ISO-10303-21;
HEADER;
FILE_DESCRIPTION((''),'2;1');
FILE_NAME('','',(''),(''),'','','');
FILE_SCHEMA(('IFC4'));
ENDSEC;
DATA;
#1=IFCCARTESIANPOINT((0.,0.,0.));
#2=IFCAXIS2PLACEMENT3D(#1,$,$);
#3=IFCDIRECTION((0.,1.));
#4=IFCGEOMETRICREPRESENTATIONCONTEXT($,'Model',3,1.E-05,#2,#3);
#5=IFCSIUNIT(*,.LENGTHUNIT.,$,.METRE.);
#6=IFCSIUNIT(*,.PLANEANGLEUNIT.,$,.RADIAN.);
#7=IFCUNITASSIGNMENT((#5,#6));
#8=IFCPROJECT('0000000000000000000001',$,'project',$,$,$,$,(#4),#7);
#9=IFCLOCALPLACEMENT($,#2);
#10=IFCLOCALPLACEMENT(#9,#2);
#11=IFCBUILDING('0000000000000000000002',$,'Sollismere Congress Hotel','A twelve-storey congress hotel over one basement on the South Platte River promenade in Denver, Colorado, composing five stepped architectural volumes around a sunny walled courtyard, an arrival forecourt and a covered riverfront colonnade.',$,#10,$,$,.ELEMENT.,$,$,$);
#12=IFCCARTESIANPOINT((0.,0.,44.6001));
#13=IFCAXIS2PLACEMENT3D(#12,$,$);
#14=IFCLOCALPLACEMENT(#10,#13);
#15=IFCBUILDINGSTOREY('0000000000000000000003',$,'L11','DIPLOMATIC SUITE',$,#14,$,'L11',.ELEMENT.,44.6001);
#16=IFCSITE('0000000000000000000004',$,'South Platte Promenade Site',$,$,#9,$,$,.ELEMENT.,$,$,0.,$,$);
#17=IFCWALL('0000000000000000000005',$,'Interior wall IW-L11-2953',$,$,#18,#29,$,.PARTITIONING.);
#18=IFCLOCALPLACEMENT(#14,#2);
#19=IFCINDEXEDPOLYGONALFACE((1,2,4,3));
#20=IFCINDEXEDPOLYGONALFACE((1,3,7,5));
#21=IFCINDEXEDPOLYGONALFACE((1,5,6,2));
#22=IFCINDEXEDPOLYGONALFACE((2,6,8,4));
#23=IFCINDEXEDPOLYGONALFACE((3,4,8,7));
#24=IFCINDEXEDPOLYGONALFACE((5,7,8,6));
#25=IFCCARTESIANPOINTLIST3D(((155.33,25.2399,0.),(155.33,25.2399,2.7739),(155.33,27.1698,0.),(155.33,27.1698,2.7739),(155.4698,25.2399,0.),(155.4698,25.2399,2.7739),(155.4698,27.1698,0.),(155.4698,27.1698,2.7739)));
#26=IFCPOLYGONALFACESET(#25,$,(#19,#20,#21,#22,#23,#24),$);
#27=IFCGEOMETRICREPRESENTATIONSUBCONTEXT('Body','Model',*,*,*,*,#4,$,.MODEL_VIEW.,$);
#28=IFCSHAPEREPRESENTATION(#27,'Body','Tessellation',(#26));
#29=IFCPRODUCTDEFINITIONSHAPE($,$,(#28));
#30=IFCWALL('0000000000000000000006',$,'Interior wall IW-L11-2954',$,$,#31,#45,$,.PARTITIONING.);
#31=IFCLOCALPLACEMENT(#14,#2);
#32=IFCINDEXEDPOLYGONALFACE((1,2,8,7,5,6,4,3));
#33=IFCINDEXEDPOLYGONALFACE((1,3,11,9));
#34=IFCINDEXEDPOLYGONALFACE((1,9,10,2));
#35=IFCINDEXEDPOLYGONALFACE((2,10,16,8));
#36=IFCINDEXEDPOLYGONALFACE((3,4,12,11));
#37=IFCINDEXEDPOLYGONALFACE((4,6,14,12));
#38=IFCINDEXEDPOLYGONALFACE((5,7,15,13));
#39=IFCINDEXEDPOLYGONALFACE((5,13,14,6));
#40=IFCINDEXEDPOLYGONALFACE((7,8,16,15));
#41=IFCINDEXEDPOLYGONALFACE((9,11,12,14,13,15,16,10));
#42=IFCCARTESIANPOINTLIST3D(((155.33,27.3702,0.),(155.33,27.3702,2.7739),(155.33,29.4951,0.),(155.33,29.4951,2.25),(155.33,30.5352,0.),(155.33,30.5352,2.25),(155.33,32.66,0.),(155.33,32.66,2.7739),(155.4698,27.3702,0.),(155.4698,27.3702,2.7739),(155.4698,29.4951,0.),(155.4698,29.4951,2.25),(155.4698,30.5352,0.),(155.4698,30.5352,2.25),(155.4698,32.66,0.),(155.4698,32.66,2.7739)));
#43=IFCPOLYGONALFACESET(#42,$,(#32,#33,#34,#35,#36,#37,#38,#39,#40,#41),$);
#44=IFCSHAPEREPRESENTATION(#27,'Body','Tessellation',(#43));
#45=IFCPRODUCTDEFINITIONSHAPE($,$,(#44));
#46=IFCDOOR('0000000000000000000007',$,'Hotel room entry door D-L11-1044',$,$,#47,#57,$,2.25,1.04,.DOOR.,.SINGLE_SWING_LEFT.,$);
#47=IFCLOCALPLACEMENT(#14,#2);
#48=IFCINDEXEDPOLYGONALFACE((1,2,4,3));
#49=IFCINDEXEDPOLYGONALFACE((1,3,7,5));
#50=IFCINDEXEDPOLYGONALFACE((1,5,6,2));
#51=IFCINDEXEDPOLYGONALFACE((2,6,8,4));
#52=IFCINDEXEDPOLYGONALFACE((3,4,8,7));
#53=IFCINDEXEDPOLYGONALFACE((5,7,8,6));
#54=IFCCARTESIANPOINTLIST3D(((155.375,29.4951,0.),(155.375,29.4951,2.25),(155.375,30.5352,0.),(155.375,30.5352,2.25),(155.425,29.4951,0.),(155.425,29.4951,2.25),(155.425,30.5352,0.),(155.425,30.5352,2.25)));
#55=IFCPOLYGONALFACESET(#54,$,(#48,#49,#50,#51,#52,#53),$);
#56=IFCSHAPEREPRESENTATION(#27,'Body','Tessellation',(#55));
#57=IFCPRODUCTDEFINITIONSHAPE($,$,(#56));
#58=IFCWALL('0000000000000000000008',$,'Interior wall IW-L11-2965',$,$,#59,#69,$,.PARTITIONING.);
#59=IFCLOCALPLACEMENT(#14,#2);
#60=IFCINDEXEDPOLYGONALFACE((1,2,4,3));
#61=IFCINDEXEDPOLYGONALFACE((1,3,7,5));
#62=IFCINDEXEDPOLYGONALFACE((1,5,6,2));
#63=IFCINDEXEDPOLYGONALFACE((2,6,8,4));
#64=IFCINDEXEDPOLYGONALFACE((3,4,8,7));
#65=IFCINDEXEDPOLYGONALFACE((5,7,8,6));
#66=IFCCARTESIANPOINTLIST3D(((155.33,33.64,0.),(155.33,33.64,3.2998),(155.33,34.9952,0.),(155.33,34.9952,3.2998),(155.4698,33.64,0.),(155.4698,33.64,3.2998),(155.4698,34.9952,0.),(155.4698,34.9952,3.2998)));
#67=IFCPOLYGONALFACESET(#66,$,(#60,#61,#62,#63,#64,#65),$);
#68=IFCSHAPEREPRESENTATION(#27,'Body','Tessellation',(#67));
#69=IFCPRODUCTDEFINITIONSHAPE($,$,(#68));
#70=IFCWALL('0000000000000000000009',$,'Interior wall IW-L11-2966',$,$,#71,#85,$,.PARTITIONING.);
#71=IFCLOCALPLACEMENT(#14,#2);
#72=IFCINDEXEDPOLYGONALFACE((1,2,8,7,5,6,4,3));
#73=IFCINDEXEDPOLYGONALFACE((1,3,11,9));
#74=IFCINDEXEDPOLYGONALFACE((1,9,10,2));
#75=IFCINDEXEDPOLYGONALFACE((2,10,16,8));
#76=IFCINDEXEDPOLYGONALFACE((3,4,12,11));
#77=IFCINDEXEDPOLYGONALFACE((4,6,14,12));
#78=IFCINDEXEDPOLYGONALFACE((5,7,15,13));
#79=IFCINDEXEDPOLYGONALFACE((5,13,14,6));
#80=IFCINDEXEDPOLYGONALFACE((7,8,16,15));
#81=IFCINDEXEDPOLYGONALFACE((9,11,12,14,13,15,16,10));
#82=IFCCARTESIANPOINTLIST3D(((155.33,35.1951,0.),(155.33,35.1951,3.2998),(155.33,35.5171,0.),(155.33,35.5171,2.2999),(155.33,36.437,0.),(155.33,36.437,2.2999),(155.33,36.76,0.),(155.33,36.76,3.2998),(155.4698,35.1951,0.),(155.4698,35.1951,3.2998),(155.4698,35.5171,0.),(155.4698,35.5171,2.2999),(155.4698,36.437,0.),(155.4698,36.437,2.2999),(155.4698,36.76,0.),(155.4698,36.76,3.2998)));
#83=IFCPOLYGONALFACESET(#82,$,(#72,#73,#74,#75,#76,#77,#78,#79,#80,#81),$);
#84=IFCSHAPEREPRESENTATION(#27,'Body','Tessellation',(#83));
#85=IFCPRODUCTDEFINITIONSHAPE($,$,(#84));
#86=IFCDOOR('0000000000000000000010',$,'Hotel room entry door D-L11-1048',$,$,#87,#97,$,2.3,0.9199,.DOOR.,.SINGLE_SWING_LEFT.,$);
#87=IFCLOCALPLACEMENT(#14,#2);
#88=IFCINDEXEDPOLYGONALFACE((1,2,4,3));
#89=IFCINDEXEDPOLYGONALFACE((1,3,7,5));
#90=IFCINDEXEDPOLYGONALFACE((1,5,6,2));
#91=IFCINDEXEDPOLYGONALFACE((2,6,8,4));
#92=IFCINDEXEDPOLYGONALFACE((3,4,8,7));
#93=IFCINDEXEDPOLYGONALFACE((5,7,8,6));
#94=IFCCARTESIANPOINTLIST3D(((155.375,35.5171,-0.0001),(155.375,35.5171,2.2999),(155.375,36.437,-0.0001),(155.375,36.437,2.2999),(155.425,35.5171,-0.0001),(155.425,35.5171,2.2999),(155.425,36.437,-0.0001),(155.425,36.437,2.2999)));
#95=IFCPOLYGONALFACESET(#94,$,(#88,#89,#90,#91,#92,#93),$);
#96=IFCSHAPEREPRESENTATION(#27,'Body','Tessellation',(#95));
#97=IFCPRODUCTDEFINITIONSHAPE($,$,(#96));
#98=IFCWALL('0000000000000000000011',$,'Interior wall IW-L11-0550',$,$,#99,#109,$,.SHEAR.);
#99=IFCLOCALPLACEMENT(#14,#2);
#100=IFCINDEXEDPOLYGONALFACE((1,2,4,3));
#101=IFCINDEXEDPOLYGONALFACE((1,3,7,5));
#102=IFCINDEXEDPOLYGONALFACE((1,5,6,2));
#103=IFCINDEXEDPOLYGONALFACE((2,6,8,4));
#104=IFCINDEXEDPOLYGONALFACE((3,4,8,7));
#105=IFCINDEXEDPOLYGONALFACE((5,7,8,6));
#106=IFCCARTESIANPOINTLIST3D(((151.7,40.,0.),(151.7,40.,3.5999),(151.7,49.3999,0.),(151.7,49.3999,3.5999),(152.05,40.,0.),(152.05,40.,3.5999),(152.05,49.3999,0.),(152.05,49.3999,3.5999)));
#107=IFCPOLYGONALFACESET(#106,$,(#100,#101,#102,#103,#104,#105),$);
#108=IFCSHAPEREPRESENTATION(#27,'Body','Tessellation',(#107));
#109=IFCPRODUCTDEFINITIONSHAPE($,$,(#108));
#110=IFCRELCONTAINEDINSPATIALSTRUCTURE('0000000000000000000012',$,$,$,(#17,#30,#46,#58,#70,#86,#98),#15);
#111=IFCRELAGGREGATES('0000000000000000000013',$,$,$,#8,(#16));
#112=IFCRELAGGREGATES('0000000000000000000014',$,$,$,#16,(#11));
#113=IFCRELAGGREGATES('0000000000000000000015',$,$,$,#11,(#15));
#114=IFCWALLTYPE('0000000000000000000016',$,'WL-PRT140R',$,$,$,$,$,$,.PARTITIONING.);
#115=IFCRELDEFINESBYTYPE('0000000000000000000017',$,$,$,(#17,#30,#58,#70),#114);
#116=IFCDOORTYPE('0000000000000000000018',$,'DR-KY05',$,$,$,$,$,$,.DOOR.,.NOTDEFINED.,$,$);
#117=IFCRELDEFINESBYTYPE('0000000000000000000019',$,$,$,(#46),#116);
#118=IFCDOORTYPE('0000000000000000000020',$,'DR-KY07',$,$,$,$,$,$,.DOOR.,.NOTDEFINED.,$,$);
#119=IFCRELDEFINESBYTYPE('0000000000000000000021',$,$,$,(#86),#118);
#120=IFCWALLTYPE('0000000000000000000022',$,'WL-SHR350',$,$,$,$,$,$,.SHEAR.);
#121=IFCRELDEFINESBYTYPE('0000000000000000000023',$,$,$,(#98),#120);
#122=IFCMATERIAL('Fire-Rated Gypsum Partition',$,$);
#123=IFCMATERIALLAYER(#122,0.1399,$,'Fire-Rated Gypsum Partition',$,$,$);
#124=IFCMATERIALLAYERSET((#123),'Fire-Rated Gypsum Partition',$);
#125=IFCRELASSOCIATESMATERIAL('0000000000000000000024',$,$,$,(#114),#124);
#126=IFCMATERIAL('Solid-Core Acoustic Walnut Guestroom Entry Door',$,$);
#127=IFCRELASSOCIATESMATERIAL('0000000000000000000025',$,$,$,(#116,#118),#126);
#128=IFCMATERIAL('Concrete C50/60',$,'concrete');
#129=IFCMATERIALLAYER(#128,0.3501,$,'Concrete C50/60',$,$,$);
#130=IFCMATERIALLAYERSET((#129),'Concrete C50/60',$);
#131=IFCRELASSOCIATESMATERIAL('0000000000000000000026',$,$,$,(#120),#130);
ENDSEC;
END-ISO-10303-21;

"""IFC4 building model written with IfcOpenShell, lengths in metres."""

from ifc_helpers import new_model, si_unit, direction, frame, frame_2d, origin, place, context, subcontext, project, spatial, rectangle, extrude, material, layer, layer_set, type_object, element, fill, save


model = new_model("IFC4")

# Units and contexts
model_context = context("Model", 3, precision=1e-05, world=origin(), true_north=direction((0.0, 1.0)))
body_context = subcontext(model_context, "Body", "Model", "MODEL_VIEW")
ifc_project = project(units=[si_unit("LENGTHUNIT", "METRE"), si_unit("PLANEANGLEUNIT", "RADIAN")], contexts=[model_context])

# Site, building, storey
site_placement = place(None, origin())
site = spatial("IfcSite", under=ifc_project, at=site_placement, Name="South Platte Promenade Site", CompositionType="ELEMENT", RefElevation=0.0)
building_placement = place(site_placement, origin())
building = spatial("IfcBuilding", under=site, at=building_placement, Name="Sollismere Congress Hotel", Description="A twelve-storey congress hotel over one basement on the South Platte River promenade in Denver, Colorado, composing five stepped architectural volumes around a sunny walled courtyard, an arrival forecourt and a covered riverfront colonnade.", CompositionType="ELEMENT")
storey_placement = place(building_placement, frame((0.0, 0.0, 44.6001)))
storey = spatial("IfcBuildingStorey", under=building, at=storey_placement, Name="L11", Description="DIPLOMATIC SUITE", LongName="L11", CompositionType="ELEMENT", Elevation=44.6001)

# Shared definitions
ifc_material_1 = material(Name="Fire-Rated Gypsum Partition")
ifc_layer_1 = layer(ifc_material_1, 0.1399, Name="Fire-Rated Gypsum Partition")
ifc_layer_set_1 = layer_set([ifc_layer_1], Name="Fire-Rated Gypsum Partition")
wall_type_1 = type_object("IfcWallType", Name="WL-PRT140R", PredefinedType="PARTITIONING", material=ifc_layer_set_1)

# Shared definitions
ifc_material_2 = material(Name="Solid-Core Acoustic Walnut Guestroom Entry Door")

# Wall
wall_1_placement = place(storey_placement, frame((155.3999, 25.24, 0.0), z_axis=(0.0, 0.0, 1.0), x_axis=(0.0, 1.0, 0.0)))
element("IfcWall", 1, at=wall_1_placement, inside=storey, type_object=wall_type_1, Name="Interior wall IW-L11-2953", PredefinedType="PARTITIONING", context=body_context, shape_type="SweptSolid", body=[
    extrude(rectangle(XDim=1.9299, YDim=0.1399, at=frame_2d((0.9648, 0.0))), origin(), (0.0, 0.0, 1.0), 2.7739),
])

# Wall, opening, door
wall_2_placement = place(storey_placement, frame((155.3999, 27.3701, 0.0), z_axis=(0.0, 0.0, 1.0), x_axis=(0.0, 1.0, 0.0)))
wall_2 = element("IfcWall", 2, at=wall_2_placement, inside=storey, type_object=wall_type_1, Name="Interior wall IW-L11-2954", PredefinedType="PARTITIONING", context=body_context, shape_type="SweptSolid", body=[
    extrude(rectangle(XDim=5.2898, YDim=0.1399, at=frame_2d((2.645, 0.0))), origin(), (0.0, 0.0, 1.0), 2.7739),
])
opening_1_placement = place(wall_2_placement, frame((2.125, 0.0, 0.0)))
opening_1 = element("IfcOpeningElement", 3, at=opening_1_placement, cuts=wall_2, PredefinedType="OPENING", context=body_context, shape_type="SweptSolid", body=[
    extrude(rectangle(XDim=1.04, YDim=2.25, at=frame_2d((0.52, 1.125))), frame((0.0, 0.0798, 0.0), z_axis=(0.0, -1.0, 0.0), x_axis=(1.0, 0.0, 0.0)), (0.0, 0.0, 1.0), 0.1599),
])
door_type_1 = type_object("IfcDoorType", Name="DR-KY05", OperationType="NOTDEFINED", PredefinedType="DOOR", material=ifc_material_2)
door_1_placement = place(opening_1_placement, origin())
door_1 = element("IfcDoor", 4, at=door_1_placement, inside=storey, type_object=door_type_1, Name="Hotel room entry door D-L11-1044", OperationType="SINGLE_SWING_LEFT", OverallHeight=2.25, OverallWidth=1.04, PredefinedType="DOOR", context=body_context, shape_type="SweptSolid", body=[
    extrude(rectangle(XDim=1.04, YDim=2.25, at=frame_2d((0.52, 1.125))), frame((0.0, 0.0249, 0.0), z_axis=(0.0, -1.0, 0.0), x_axis=(1.0, 0.0, 0.0)), (0.0, 0.0, 1.0), 0.05),
])
fill(opening_1, door_1)

# Wall
wall_3_placement = place(storey_placement, frame((155.3999, 33.6399, 0.0), z_axis=(0.0, 0.0, 1.0), x_axis=(0.0, 1.0, 0.0)))
element("IfcWall", 5, at=wall_3_placement, inside=storey, type_object=wall_type_1, Name="Interior wall IW-L11-2965", PredefinedType="PARTITIONING", context=body_context, shape_type="SweptSolid", body=[
    extrude(rectangle(XDim=1.3552, YDim=0.1399, at=frame_2d((0.6777, 0.0))), origin(), (0.0, 0.0, 1.0), 3.2998),
])

# Wall, opening, door
wall_4_placement = place(storey_placement, frame((155.3999, 35.1951, 0.0), z_axis=(0.0, 0.0, 1.0), x_axis=(0.0, 1.0, 0.0)))
wall_4 = element("IfcWall", 6, at=wall_4_placement, inside=storey, type_object=wall_type_1, Name="Interior wall IW-L11-2966", PredefinedType="PARTITIONING", context=body_context, shape_type="SweptSolid", body=[
    extrude(rectangle(XDim=1.5649, YDim=0.1399, at=frame_2d((0.7825, 0.0))), origin(), (0.0, 0.0, 1.0), 3.2998),
])
opening_2_placement = place(wall_4_placement, frame((0.322, 0.0, 0.0)))
opening_2 = element("IfcOpeningElement", 7, at=opening_2_placement, cuts=wall_4, PredefinedType="OPENING", context=body_context, shape_type="SweptSolid", body=[
    extrude(rectangle(XDim=0.9199, YDim=2.3, at=frame_2d((0.46, 1.1499))), frame((0.0, 0.0798, 0.0), z_axis=(0.0, -1.0, 0.0), x_axis=(1.0, 0.0, 0.0)), (0.0, 0.0, 1.0), 0.1599),
])
door_type_2 = type_object("IfcDoorType", Name="DR-KY07", OperationType="NOTDEFINED", PredefinedType="DOOR", material=ifc_material_2)
door_2_placement = place(opening_2_placement, origin())
door_2 = element("IfcDoor", 8, at=door_2_placement, inside=storey, type_object=door_type_2, Name="Hotel room entry door D-L11-1048", OperationType="SINGLE_SWING_LEFT", OverallHeight=2.3, OverallWidth=0.9199, PredefinedType="DOOR", context=body_context, shape_type="SweptSolid", body=[
    extrude(rectangle(XDim=0.9199, YDim=2.3, at=frame_2d((0.46, 1.1499))), frame((0.0, 0.0249, 0.0), z_axis=(0.0, -1.0, 0.0), x_axis=(1.0, 0.0, 0.0)), (0.0, 0.0, 1.0), 0.05),
])
fill(opening_2, door_2)

# Wall
ifc_material_3 = material(Name="Concrete C50/60", Category="concrete")
ifc_layer_2 = layer(ifc_material_3, 0.3501, Name="Concrete C50/60")
ifc_layer_set_2 = layer_set([ifc_layer_2], Name="Concrete C50/60")
wall_type_2 = type_object("IfcWallType", Name="WL-SHR350", PredefinedType="SHEAR", material=ifc_layer_set_2)
wall_5_placement = place(storey_placement, frame((151.875, 40.0, 0.0), z_axis=(0.0, 0.0, 1.0), x_axis=(0.0, 1.0, 0.0)))
element("IfcWall", 9, at=wall_5_placement, inside=storey, type_object=wall_type_2, Name="Interior wall IW-L11-0550", PredefinedType="SHEAR", context=body_context, shape_type="SweptSolid", body=[
    extrude(rectangle(XDim=9.3999, YDim=0.3501, at=frame_2d((4.7, 0.0))), origin(), (0.0, 0.0, 1.0), 3.5999),
])

save(model, "model.ifc")
